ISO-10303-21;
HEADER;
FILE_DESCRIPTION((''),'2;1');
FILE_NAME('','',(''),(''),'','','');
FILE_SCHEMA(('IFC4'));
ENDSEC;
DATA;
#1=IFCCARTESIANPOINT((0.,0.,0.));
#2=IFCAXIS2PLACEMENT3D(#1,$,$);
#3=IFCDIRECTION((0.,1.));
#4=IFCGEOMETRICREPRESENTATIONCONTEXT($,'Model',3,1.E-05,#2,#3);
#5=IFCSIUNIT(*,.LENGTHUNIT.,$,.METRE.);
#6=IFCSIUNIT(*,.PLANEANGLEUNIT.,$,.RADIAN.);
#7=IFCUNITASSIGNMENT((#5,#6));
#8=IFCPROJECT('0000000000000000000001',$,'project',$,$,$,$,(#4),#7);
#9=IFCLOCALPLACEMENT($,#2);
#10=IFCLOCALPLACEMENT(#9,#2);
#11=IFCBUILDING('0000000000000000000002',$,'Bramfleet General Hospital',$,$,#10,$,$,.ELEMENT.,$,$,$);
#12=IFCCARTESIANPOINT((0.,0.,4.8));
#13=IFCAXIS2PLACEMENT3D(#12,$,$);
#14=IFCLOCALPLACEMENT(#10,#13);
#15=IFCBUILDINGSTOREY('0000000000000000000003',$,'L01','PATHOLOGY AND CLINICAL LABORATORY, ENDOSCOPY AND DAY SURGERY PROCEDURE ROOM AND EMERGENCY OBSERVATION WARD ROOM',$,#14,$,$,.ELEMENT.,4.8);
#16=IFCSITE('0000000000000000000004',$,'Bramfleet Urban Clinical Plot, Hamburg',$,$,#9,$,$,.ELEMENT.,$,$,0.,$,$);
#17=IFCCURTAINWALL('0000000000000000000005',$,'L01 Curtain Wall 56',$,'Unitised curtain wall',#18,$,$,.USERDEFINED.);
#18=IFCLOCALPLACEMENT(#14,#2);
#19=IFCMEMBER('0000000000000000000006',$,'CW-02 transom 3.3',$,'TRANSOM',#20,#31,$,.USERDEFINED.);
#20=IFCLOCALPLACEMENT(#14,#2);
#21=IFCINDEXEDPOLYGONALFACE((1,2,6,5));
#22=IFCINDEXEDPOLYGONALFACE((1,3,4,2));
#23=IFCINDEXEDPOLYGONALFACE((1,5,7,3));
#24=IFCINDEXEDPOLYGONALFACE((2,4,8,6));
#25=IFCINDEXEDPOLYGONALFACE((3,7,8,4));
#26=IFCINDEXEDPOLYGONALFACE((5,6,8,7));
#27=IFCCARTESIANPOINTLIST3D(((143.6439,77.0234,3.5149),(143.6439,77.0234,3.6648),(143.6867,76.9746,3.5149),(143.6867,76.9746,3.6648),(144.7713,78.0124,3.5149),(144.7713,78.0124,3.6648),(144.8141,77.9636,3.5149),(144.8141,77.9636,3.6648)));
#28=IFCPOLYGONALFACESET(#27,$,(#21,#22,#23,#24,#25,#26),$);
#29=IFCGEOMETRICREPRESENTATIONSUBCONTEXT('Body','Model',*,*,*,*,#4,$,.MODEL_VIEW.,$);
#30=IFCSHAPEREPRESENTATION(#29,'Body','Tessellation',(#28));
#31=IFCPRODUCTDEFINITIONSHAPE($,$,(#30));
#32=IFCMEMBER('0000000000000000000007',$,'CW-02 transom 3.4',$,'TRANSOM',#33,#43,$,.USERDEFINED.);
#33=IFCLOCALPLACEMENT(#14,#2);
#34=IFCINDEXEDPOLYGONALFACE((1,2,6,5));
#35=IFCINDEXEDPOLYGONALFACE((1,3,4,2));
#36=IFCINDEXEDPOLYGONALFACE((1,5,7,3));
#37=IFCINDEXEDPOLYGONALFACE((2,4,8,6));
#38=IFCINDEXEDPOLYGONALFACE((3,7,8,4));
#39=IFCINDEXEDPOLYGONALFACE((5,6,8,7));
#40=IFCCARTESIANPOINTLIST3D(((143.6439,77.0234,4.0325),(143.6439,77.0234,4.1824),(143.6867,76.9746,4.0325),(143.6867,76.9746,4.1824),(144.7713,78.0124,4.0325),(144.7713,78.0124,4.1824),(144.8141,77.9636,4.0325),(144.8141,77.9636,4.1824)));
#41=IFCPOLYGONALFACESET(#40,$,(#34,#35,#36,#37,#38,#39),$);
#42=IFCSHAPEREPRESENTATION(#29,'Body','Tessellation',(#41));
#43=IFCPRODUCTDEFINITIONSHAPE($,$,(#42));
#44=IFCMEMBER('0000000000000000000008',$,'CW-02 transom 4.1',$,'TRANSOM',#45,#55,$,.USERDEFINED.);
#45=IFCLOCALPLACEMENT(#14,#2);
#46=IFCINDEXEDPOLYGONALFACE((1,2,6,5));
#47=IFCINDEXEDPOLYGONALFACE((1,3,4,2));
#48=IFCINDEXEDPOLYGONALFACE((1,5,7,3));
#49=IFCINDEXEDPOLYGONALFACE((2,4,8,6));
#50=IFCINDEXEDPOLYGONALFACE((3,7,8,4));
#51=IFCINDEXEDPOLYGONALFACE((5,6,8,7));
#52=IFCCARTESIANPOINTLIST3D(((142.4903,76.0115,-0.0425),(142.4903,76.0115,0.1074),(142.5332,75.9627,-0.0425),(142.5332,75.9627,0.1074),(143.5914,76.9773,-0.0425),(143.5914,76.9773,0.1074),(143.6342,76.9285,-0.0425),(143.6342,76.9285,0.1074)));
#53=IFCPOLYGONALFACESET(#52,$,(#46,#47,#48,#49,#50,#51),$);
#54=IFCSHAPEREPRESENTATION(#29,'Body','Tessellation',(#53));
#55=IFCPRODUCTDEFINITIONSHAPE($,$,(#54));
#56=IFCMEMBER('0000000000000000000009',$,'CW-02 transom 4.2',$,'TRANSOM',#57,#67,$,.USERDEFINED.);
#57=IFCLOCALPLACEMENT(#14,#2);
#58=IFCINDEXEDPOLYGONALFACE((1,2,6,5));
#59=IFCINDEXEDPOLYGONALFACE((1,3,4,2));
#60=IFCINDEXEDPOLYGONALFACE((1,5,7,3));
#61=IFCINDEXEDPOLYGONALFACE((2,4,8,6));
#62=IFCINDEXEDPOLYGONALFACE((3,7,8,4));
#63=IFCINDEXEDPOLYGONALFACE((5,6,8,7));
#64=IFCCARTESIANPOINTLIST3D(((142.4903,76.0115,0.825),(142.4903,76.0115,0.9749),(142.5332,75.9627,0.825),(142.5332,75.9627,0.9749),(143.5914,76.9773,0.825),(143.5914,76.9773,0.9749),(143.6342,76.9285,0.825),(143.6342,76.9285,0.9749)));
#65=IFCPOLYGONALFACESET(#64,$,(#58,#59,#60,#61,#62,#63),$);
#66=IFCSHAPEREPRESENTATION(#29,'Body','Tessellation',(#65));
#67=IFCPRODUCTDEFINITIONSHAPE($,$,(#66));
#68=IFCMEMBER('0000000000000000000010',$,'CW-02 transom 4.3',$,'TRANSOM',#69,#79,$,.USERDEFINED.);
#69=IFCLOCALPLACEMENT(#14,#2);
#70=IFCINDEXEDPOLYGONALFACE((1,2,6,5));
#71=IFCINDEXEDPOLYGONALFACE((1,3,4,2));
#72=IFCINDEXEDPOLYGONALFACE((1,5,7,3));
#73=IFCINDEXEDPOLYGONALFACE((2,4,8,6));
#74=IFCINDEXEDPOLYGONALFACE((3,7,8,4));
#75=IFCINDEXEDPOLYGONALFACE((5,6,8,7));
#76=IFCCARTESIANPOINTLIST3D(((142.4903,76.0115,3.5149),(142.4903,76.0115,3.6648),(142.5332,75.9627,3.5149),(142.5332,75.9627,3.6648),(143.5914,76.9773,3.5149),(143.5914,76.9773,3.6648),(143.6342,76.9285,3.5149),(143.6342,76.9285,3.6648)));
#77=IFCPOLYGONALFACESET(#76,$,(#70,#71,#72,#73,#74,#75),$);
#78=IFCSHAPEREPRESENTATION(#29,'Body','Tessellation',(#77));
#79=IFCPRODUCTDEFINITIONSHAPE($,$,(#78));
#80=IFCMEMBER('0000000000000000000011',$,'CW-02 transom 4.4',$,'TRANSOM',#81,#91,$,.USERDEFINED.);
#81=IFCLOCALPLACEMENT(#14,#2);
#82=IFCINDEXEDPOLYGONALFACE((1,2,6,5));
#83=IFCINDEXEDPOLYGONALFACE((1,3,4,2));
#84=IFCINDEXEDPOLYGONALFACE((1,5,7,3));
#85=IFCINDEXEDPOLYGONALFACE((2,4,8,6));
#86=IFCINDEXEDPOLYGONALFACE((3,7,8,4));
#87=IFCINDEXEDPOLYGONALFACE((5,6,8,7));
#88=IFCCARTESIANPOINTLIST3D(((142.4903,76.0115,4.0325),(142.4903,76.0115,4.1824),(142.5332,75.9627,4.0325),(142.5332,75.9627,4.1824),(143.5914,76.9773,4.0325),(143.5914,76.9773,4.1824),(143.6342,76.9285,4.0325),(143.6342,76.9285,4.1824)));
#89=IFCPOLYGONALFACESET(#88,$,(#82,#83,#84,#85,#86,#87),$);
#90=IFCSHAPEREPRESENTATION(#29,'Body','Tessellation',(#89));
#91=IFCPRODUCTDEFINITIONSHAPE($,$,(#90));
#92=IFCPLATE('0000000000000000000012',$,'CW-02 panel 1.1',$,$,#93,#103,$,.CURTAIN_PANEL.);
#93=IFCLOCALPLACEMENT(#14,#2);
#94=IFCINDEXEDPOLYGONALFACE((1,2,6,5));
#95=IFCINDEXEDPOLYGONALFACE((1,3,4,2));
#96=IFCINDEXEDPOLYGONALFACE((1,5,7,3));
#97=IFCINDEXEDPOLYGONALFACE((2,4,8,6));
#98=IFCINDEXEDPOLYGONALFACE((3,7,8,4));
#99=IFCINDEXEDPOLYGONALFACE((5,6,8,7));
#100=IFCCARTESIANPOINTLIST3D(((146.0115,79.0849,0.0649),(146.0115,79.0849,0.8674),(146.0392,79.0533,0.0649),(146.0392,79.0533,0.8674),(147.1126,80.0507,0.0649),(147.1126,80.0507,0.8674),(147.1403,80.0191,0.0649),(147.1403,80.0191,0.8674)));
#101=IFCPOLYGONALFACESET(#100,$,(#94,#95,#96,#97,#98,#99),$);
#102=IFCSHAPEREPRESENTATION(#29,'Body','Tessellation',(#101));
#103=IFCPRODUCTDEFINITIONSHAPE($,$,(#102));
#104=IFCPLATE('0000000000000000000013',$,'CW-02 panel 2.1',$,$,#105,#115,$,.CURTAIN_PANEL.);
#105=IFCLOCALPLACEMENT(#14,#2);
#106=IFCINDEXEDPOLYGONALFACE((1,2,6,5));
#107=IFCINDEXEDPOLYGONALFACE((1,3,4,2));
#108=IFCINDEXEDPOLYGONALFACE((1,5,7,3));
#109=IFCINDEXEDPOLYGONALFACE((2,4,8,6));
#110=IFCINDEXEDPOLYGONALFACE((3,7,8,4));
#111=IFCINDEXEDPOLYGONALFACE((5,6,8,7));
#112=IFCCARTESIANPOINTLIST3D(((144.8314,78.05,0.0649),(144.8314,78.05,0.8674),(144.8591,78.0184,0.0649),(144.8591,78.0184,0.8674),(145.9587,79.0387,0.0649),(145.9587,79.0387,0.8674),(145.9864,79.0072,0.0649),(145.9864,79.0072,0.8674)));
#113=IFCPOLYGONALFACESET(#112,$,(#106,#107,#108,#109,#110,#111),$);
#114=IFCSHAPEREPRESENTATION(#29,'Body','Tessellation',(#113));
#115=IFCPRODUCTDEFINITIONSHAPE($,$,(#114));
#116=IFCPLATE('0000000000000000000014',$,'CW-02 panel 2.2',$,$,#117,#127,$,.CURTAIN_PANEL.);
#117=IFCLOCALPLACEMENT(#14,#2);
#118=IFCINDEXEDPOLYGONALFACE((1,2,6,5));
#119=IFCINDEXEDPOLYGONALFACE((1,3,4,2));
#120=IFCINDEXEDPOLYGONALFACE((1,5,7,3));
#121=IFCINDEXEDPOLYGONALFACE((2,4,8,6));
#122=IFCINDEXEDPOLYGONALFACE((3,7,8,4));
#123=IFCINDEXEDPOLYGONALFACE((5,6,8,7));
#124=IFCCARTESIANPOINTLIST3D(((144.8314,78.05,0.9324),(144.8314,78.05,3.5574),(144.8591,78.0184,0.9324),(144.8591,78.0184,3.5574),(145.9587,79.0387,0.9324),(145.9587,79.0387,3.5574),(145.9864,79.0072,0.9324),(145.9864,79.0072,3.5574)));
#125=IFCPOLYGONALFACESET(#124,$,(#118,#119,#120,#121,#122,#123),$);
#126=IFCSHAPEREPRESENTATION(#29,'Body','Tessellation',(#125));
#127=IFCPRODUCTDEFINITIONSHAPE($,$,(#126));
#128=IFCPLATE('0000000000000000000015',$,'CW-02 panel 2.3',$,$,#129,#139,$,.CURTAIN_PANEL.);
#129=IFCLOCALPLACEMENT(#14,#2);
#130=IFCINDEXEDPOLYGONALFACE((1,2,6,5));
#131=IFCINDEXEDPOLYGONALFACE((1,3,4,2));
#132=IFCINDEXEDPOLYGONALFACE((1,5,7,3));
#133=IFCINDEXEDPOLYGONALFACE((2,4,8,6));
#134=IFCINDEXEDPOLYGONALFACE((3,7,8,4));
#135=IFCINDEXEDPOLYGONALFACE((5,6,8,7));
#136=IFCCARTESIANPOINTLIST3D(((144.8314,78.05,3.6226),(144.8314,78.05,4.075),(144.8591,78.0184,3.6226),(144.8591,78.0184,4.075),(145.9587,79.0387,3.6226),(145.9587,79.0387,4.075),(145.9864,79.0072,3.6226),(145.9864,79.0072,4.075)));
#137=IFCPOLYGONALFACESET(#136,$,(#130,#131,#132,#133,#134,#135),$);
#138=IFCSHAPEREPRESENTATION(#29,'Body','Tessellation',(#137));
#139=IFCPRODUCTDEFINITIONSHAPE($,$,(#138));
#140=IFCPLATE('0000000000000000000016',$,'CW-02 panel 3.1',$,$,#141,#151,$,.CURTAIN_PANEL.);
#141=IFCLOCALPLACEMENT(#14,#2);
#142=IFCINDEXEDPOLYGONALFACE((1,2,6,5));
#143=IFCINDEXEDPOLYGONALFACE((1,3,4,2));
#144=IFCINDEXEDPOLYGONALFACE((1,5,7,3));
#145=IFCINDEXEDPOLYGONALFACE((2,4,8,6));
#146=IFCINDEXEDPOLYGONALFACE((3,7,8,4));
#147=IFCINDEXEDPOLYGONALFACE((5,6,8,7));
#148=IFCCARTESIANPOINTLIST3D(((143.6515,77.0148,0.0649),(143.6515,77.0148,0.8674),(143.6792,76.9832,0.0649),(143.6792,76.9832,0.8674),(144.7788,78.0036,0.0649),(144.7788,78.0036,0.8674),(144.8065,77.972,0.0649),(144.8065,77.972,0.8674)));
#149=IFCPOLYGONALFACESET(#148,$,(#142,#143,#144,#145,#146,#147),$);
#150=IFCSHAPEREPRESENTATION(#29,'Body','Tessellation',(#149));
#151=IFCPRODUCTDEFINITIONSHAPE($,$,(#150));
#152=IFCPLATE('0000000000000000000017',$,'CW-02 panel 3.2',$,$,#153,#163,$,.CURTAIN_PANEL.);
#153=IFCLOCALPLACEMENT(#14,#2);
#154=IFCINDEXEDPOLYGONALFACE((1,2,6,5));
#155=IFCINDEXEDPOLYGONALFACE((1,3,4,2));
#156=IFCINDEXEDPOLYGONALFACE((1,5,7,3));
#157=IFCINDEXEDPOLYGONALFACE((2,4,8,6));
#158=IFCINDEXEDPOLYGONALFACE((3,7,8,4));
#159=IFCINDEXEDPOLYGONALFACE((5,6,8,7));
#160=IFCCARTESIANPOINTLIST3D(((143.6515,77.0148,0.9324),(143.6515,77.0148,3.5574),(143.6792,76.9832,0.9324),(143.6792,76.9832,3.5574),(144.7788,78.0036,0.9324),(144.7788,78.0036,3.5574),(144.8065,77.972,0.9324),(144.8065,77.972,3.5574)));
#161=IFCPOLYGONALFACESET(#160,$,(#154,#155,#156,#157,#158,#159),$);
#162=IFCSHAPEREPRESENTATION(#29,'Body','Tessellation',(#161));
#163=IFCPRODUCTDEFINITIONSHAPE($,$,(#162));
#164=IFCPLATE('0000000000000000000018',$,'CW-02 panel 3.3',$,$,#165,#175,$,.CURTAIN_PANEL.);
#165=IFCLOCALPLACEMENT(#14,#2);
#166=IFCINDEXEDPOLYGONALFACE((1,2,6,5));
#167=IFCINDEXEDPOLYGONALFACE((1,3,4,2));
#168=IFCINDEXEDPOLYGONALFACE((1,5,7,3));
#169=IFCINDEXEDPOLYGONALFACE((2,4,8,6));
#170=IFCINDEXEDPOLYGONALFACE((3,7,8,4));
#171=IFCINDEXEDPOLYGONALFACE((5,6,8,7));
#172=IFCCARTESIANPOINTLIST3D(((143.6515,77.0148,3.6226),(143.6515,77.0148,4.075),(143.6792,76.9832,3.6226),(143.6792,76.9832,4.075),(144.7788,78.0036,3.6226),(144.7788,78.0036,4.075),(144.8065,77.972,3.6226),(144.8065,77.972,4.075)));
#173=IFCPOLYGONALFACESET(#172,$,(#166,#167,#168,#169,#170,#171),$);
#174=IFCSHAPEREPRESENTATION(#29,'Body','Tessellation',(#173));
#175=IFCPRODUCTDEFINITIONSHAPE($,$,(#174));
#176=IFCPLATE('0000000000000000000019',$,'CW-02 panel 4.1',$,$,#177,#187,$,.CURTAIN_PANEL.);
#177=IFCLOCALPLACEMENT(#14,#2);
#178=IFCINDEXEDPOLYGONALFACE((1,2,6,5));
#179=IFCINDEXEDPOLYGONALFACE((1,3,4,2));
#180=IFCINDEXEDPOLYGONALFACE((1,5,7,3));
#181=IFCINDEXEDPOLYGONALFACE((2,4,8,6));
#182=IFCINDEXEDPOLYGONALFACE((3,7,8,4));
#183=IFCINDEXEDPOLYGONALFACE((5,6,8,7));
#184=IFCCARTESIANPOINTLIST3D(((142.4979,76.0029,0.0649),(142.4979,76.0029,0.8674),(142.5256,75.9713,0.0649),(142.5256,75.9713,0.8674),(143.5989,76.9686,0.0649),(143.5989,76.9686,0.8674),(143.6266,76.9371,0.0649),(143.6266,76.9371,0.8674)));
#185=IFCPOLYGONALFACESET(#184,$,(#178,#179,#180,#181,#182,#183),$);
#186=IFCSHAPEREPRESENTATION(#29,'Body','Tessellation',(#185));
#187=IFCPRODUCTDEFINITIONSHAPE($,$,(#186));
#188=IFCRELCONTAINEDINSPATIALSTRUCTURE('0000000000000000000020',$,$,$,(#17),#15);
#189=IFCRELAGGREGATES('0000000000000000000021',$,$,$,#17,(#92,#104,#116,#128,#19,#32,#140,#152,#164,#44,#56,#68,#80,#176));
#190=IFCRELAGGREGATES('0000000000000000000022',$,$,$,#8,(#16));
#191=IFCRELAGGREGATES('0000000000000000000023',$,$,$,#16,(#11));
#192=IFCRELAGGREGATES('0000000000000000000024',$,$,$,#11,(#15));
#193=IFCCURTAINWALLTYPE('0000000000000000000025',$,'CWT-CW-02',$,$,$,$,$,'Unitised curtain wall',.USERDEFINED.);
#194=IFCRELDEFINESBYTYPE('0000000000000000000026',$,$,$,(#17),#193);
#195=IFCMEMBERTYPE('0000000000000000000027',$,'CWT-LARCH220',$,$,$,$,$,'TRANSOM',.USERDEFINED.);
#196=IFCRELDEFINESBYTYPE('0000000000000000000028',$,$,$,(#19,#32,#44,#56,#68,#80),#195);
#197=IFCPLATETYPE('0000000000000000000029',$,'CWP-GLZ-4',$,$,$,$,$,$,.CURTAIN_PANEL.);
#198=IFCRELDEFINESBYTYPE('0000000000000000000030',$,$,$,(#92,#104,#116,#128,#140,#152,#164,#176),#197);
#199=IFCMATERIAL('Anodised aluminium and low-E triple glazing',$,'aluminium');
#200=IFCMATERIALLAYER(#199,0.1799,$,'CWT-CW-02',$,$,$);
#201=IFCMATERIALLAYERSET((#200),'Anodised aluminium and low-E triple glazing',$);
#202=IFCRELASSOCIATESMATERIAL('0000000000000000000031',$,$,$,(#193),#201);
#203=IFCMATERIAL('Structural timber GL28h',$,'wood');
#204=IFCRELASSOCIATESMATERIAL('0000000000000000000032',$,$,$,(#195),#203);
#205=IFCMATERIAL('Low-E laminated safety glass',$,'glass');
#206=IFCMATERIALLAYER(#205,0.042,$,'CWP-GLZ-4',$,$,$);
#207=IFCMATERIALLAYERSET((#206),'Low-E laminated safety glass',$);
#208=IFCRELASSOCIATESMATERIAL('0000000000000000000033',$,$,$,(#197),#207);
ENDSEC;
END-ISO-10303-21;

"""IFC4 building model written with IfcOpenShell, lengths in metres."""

from ifc_helpers import new_model, si_unit, direction, frame, origin, origin_2d, place, context, subcontext, project, spatial, rectangle, extrude, material, layer, layer_set, material_profile, profile_set, type_object, element, aggregate, save


model = new_model("IFC4")

# Units and contexts
model_context = context("Model", 3, precision=1e-05, world=origin(), true_north=direction((0.0, 1.0)))
body_context = subcontext(model_context, "Body", "Model", "MODEL_VIEW")
ifc_project = project(units=[si_unit("LENGTHUNIT", "METRE"), si_unit("PLANEANGLEUNIT", "RADIAN")], contexts=[model_context])

# Site, building, storey
site_placement = place(None, origin())
site = spatial("IfcSite", under=ifc_project, at=site_placement, Name="Bramfleet Urban Clinical Plot, Hamburg", CompositionType="ELEMENT", RefElevation=0.0)
building_placement = place(site_placement, origin())
building = spatial("IfcBuilding", under=site, at=building_placement, Name="Bramfleet General Hospital", CompositionType="ELEMENT")
storey_placement = place(building_placement, frame((0.0, 0.0, 4.8)))
storey = spatial("IfcBuildingStorey", under=building, at=storey_placement, Name="L01", Description="PATHOLOGY AND CLINICAL LABORATORY, ENDOSCOPY AND DAY SURGERY PROCEDURE ROOM AND EMERGENCY OBSERVATION WARD ROOM", CompositionType="ELEMENT", Elevation=4.8)

# Curtain wall
ifc_material_1 = material(Name="Anodised aluminium and low-E triple glazing", Category="aluminium")
ifc_layer_1 = layer(ifc_material_1, 0.1799, Name="CWT-CW-02")
ifc_layer_set_1 = layer_set([ifc_layer_1], Name="Anodised aluminium and low-E triple glazing")
curtain_wall_type_1 = type_object("IfcCurtainWallType", Name="CWT-CW-02", ElementType="Unitised curtain wall", PredefinedType="USERDEFINED", material=ifc_layer_set_1)
curtain_wall_1_placement = place(storey_placement, origin())
curtain_wall_1 = element("IfcCurtainWall", 1, at=curtain_wall_1_placement, inside=storey, type_object=curtain_wall_type_1, Name="L01 Curtain Wall 56", ObjectType="Unitised curtain wall", PredefinedType="USERDEFINED")
ifc_material_2 = material(Name="Structural timber GL28h", Category="wood")

# Members
ifc_material_profile_1 = material_profile(ifc_material_2, rectangle(XDim=0.0649, YDim=0.1499, at=origin_2d()), Name="LARCH 150x65")
ifc_profile_set_1 = profile_set([ifc_material_profile_1], Name="Structural timber GL28h")
member_type_1 = type_object("IfcMemberType", Name="CWT-LARCH220", ElementType="TRANSOM", PredefinedType="USERDEFINED", material=ifc_profile_set_1)
member_1_placement = place(storey_placement, frame((144.7927, 77.988, 3.5898), z_axis=(-0.751749, -0.659449, 0.0), x_axis=(0.659449, -0.751749, 0.0)))
member_1 = element("IfcMember", 2, at=member_1_placement, type_object=member_type_1, Name="CW-02 transom 3.3", ObjectType="TRANSOM", PredefinedType="USERDEFINED", context=body_context, shape_type="SweptSolid", body=[
    extrude(rectangle(XDim=0.0649, YDim=0.1499, at=origin_2d()), origin(), (0.0, 0.0, 1.0), 1.4998),
])
member_2_placement = place(storey_placement, frame((144.7927, 77.988, 4.1074), z_axis=(-0.751749, -0.659449, 0.0), x_axis=(0.659449, -0.751749, 0.0)))
member_2 = element("IfcMember", 3, at=member_2_placement, type_object=member_type_1, Name="CW-02 transom 3.4", ObjectType="TRANSOM", PredefinedType="USERDEFINED", context=body_context, shape_type="SweptSolid", body=[
    extrude(rectangle(XDim=0.0649, YDim=0.1499, at=origin_2d()), origin(), (0.0, 0.0, 1.0), 1.4998),
])
member_3_placement = place(storey_placement, frame((143.6128, 76.9529, 0.0325), z_axis=(-0.751771, -0.659425, 0.0), x_axis=(0.659425, -0.751771, 0.0)))
member_3 = element("IfcMember", 4, at=member_3_placement, type_object=member_type_1, Name="CW-02 transom 4.1", ObjectType="TRANSOM", PredefinedType="USERDEFINED", context=body_context, shape_type="SweptSolid", body=[
    extrude(rectangle(XDim=0.0649, YDim=0.1499, at=origin_2d()), origin(), (0.0, 0.0, 1.0), 1.4646),
])
member_4_placement = place(storey_placement, frame((143.6128, 76.9529, 0.8999), z_axis=(-0.751771, -0.659425, 0.0), x_axis=(0.659425, -0.751771, 0.0)))
member_4 = element("IfcMember", 5, at=member_4_placement, type_object=member_type_1, Name="CW-02 transom 4.2", ObjectType="TRANSOM", PredefinedType="USERDEFINED", context=body_context, shape_type="SweptSolid", body=[
    extrude(rectangle(XDim=0.0649, YDim=0.1499, at=origin_2d()), origin(), (0.0, 0.0, 1.0), 1.4646),
])
member_5_placement = place(storey_placement, frame((143.6128, 76.9529, 3.5898), z_axis=(-0.751771, -0.659425, 0.0), x_axis=(0.659425, -0.751771, 0.0)))
member_5 = element("IfcMember", 6, at=member_5_placement, type_object=member_type_1, Name="CW-02 transom 4.3", ObjectType="TRANSOM", PredefinedType="USERDEFINED", context=body_context, shape_type="SweptSolid", body=[
    extrude(rectangle(XDim=0.0649, YDim=0.1499, at=origin_2d()), origin(), (0.0, 0.0, 1.0), 1.4646),
])
member_6_placement = place(storey_placement, frame((143.6128, 76.9529, 4.1074), z_axis=(-0.751771, -0.659425, 0.0), x_axis=(0.659425, -0.751771, 0.0)))
member_6 = element("IfcMember", 7, at=member_6_placement, type_object=member_type_1, Name="CW-02 transom 4.4", ObjectType="TRANSOM", PredefinedType="USERDEFINED", context=body_context, shape_type="SweptSolid", body=[
    extrude(rectangle(XDim=0.0649, YDim=0.1499, at=origin_2d()), origin(), (0.0, 0.0, 1.0), 1.4646),
])

# Plates
ifc_material_3 = material(Name="Low-E laminated safety glass", Category="glass")
ifc_layer_2 = layer(ifc_material_3, 0.042, Name="CWP-GLZ-4")
ifc_layer_set_2 = layer_set([ifc_layer_2], Name="Low-E laminated safety glass")
plate_type = type_object("IfcPlateType", Name="CWP-GLZ-4", PredefinedType="CURTAIN_PANEL", material=ifc_layer_set_2)
plate_1_placement = place(storey_placement, frame((146.5759, 79.552, 0.0649), z_axis=(0.0, 0.0, 1.0), x_axis=(-0.751787, -0.659406, 0.0)))
plate_1 = element("IfcPlate", 8, at=plate_1_placement, type_object=plate_type, Name="CW-02 panel 1.1", PredefinedType="CURTAIN_PANEL", context=body_context, shape_type="SweptSolid", body=[
    extrude(rectangle(XDim=1.4646, YDim=0.042, at=origin_2d()), origin(), (0.0, 0.0, 1.0), 0.8025),
])
plate_2_placement = place(storey_placement, frame((145.4089, 78.5286, 0.0649), z_axis=(0.0, 0.0, 1.0), x_axis=(-0.751787, -0.659406, 0.0)))
plate_2 = element("IfcPlate", 9, at=plate_2_placement, type_object=plate_type, Name="CW-02 panel 2.1", PredefinedType="CURTAIN_PANEL", context=body_context, shape_type="SweptSolid", body=[
    extrude(rectangle(XDim=1.4995, YDim=0.042, at=origin_2d()), origin(), (0.0, 0.0, 1.0), 0.8025),
])
plate_3_placement = place(storey_placement, frame((145.4089, 78.5286, 0.9324), z_axis=(0.0, 0.0, 1.0), x_axis=(-0.751787, -0.659406, 0.0)))
plate_3 = element("IfcPlate", 10, at=plate_3_placement, type_object=plate_type, Name="CW-02 panel 2.2", PredefinedType="CURTAIN_PANEL", context=body_context, shape_type="SweptSolid", body=[
    extrude(rectangle(XDim=1.4995, YDim=0.042, at=origin_2d()), origin(), (0.0, 0.0, 1.0), 2.625),
])
plate_4_placement = place(storey_placement, frame((145.4089, 78.5286, 3.6226), z_axis=(0.0, 0.0, 1.0), x_axis=(-0.751787, -0.659406, 0.0)))
plate_4 = element("IfcPlate", 11, at=plate_4_placement, type_object=plate_type, Name="CW-02 panel 2.3", PredefinedType="CURTAIN_PANEL", context=body_context, shape_type="SweptSolid", body=[
    extrude(rectangle(XDim=1.4995, YDim=0.042, at=origin_2d()), origin(), (0.0, 0.0, 1.0), 0.4524),
])
plate_5_placement = place(storey_placement, frame((144.229, 77.4934, 0.0649), z_axis=(0.0, 0.0, 1.0), x_axis=(-0.751787, -0.659406, 0.0)))
plate_5 = element("IfcPlate", 12, at=plate_5_placement, type_object=plate_type, Name="CW-02 panel 3.1", PredefinedType="CURTAIN_PANEL", context=body_context, shape_type="SweptSolid", body=[
    extrude(rectangle(XDim=1.4995, YDim=0.042, at=origin_2d()), origin(), (0.0, 0.0, 1.0), 0.8025),
])
plate_6_placement = place(storey_placement, frame((144.229, 77.4934, 0.9324), z_axis=(0.0, 0.0, 1.0), x_axis=(-0.751787, -0.659406, 0.0)))
plate_6 = element("IfcPlate", 13, at=plate_6_placement, type_object=plate_type, Name="CW-02 panel 3.2", PredefinedType="CURTAIN_PANEL", context=body_context, shape_type="SweptSolid", body=[
    extrude(rectangle(XDim=1.4995, YDim=0.042, at=origin_2d()), origin(), (0.0, 0.0, 1.0), 2.625),
])
plate_7_placement = place(storey_placement, frame((144.229, 77.4934, 3.6226), z_axis=(0.0, 0.0, 1.0), x_axis=(-0.751787, -0.659406, 0.0)))
plate_7 = element("IfcPlate", 14, at=plate_7_placement, type_object=plate_type, Name="CW-02 panel 3.3", PredefinedType="CURTAIN_PANEL", context=body_context, shape_type="SweptSolid", body=[
    extrude(rectangle(XDim=1.4995, YDim=0.042, at=origin_2d()), origin(), (0.0, 0.0, 1.0), 0.4524),
])
plate_8_placement = place(storey_placement, frame((143.0623, 76.47, 0.0649), z_axis=(0.0, 0.0, 1.0), x_axis=(-0.751787, -0.659406, 0.0)))
plate_8 = element("IfcPlate", 15, at=plate_8_placement, type_object=plate_type, Name="CW-02 panel 4.1", PredefinedType="CURTAIN_PANEL", context=body_context, shape_type="SweptSolid", body=[
    extrude(rectangle(XDim=1.4646, YDim=0.042, at=origin_2d()), origin(), (0.0, 0.0, 1.0), 0.8025),
])
aggregate(curtain_wall_1, [plate_1, plate_2, plate_3, plate_4, member_1, member_2, plate_5, plate_6, plate_7, member_3, member_4, member_5, member_6, plate_8])

save(model, "model.ifc")
